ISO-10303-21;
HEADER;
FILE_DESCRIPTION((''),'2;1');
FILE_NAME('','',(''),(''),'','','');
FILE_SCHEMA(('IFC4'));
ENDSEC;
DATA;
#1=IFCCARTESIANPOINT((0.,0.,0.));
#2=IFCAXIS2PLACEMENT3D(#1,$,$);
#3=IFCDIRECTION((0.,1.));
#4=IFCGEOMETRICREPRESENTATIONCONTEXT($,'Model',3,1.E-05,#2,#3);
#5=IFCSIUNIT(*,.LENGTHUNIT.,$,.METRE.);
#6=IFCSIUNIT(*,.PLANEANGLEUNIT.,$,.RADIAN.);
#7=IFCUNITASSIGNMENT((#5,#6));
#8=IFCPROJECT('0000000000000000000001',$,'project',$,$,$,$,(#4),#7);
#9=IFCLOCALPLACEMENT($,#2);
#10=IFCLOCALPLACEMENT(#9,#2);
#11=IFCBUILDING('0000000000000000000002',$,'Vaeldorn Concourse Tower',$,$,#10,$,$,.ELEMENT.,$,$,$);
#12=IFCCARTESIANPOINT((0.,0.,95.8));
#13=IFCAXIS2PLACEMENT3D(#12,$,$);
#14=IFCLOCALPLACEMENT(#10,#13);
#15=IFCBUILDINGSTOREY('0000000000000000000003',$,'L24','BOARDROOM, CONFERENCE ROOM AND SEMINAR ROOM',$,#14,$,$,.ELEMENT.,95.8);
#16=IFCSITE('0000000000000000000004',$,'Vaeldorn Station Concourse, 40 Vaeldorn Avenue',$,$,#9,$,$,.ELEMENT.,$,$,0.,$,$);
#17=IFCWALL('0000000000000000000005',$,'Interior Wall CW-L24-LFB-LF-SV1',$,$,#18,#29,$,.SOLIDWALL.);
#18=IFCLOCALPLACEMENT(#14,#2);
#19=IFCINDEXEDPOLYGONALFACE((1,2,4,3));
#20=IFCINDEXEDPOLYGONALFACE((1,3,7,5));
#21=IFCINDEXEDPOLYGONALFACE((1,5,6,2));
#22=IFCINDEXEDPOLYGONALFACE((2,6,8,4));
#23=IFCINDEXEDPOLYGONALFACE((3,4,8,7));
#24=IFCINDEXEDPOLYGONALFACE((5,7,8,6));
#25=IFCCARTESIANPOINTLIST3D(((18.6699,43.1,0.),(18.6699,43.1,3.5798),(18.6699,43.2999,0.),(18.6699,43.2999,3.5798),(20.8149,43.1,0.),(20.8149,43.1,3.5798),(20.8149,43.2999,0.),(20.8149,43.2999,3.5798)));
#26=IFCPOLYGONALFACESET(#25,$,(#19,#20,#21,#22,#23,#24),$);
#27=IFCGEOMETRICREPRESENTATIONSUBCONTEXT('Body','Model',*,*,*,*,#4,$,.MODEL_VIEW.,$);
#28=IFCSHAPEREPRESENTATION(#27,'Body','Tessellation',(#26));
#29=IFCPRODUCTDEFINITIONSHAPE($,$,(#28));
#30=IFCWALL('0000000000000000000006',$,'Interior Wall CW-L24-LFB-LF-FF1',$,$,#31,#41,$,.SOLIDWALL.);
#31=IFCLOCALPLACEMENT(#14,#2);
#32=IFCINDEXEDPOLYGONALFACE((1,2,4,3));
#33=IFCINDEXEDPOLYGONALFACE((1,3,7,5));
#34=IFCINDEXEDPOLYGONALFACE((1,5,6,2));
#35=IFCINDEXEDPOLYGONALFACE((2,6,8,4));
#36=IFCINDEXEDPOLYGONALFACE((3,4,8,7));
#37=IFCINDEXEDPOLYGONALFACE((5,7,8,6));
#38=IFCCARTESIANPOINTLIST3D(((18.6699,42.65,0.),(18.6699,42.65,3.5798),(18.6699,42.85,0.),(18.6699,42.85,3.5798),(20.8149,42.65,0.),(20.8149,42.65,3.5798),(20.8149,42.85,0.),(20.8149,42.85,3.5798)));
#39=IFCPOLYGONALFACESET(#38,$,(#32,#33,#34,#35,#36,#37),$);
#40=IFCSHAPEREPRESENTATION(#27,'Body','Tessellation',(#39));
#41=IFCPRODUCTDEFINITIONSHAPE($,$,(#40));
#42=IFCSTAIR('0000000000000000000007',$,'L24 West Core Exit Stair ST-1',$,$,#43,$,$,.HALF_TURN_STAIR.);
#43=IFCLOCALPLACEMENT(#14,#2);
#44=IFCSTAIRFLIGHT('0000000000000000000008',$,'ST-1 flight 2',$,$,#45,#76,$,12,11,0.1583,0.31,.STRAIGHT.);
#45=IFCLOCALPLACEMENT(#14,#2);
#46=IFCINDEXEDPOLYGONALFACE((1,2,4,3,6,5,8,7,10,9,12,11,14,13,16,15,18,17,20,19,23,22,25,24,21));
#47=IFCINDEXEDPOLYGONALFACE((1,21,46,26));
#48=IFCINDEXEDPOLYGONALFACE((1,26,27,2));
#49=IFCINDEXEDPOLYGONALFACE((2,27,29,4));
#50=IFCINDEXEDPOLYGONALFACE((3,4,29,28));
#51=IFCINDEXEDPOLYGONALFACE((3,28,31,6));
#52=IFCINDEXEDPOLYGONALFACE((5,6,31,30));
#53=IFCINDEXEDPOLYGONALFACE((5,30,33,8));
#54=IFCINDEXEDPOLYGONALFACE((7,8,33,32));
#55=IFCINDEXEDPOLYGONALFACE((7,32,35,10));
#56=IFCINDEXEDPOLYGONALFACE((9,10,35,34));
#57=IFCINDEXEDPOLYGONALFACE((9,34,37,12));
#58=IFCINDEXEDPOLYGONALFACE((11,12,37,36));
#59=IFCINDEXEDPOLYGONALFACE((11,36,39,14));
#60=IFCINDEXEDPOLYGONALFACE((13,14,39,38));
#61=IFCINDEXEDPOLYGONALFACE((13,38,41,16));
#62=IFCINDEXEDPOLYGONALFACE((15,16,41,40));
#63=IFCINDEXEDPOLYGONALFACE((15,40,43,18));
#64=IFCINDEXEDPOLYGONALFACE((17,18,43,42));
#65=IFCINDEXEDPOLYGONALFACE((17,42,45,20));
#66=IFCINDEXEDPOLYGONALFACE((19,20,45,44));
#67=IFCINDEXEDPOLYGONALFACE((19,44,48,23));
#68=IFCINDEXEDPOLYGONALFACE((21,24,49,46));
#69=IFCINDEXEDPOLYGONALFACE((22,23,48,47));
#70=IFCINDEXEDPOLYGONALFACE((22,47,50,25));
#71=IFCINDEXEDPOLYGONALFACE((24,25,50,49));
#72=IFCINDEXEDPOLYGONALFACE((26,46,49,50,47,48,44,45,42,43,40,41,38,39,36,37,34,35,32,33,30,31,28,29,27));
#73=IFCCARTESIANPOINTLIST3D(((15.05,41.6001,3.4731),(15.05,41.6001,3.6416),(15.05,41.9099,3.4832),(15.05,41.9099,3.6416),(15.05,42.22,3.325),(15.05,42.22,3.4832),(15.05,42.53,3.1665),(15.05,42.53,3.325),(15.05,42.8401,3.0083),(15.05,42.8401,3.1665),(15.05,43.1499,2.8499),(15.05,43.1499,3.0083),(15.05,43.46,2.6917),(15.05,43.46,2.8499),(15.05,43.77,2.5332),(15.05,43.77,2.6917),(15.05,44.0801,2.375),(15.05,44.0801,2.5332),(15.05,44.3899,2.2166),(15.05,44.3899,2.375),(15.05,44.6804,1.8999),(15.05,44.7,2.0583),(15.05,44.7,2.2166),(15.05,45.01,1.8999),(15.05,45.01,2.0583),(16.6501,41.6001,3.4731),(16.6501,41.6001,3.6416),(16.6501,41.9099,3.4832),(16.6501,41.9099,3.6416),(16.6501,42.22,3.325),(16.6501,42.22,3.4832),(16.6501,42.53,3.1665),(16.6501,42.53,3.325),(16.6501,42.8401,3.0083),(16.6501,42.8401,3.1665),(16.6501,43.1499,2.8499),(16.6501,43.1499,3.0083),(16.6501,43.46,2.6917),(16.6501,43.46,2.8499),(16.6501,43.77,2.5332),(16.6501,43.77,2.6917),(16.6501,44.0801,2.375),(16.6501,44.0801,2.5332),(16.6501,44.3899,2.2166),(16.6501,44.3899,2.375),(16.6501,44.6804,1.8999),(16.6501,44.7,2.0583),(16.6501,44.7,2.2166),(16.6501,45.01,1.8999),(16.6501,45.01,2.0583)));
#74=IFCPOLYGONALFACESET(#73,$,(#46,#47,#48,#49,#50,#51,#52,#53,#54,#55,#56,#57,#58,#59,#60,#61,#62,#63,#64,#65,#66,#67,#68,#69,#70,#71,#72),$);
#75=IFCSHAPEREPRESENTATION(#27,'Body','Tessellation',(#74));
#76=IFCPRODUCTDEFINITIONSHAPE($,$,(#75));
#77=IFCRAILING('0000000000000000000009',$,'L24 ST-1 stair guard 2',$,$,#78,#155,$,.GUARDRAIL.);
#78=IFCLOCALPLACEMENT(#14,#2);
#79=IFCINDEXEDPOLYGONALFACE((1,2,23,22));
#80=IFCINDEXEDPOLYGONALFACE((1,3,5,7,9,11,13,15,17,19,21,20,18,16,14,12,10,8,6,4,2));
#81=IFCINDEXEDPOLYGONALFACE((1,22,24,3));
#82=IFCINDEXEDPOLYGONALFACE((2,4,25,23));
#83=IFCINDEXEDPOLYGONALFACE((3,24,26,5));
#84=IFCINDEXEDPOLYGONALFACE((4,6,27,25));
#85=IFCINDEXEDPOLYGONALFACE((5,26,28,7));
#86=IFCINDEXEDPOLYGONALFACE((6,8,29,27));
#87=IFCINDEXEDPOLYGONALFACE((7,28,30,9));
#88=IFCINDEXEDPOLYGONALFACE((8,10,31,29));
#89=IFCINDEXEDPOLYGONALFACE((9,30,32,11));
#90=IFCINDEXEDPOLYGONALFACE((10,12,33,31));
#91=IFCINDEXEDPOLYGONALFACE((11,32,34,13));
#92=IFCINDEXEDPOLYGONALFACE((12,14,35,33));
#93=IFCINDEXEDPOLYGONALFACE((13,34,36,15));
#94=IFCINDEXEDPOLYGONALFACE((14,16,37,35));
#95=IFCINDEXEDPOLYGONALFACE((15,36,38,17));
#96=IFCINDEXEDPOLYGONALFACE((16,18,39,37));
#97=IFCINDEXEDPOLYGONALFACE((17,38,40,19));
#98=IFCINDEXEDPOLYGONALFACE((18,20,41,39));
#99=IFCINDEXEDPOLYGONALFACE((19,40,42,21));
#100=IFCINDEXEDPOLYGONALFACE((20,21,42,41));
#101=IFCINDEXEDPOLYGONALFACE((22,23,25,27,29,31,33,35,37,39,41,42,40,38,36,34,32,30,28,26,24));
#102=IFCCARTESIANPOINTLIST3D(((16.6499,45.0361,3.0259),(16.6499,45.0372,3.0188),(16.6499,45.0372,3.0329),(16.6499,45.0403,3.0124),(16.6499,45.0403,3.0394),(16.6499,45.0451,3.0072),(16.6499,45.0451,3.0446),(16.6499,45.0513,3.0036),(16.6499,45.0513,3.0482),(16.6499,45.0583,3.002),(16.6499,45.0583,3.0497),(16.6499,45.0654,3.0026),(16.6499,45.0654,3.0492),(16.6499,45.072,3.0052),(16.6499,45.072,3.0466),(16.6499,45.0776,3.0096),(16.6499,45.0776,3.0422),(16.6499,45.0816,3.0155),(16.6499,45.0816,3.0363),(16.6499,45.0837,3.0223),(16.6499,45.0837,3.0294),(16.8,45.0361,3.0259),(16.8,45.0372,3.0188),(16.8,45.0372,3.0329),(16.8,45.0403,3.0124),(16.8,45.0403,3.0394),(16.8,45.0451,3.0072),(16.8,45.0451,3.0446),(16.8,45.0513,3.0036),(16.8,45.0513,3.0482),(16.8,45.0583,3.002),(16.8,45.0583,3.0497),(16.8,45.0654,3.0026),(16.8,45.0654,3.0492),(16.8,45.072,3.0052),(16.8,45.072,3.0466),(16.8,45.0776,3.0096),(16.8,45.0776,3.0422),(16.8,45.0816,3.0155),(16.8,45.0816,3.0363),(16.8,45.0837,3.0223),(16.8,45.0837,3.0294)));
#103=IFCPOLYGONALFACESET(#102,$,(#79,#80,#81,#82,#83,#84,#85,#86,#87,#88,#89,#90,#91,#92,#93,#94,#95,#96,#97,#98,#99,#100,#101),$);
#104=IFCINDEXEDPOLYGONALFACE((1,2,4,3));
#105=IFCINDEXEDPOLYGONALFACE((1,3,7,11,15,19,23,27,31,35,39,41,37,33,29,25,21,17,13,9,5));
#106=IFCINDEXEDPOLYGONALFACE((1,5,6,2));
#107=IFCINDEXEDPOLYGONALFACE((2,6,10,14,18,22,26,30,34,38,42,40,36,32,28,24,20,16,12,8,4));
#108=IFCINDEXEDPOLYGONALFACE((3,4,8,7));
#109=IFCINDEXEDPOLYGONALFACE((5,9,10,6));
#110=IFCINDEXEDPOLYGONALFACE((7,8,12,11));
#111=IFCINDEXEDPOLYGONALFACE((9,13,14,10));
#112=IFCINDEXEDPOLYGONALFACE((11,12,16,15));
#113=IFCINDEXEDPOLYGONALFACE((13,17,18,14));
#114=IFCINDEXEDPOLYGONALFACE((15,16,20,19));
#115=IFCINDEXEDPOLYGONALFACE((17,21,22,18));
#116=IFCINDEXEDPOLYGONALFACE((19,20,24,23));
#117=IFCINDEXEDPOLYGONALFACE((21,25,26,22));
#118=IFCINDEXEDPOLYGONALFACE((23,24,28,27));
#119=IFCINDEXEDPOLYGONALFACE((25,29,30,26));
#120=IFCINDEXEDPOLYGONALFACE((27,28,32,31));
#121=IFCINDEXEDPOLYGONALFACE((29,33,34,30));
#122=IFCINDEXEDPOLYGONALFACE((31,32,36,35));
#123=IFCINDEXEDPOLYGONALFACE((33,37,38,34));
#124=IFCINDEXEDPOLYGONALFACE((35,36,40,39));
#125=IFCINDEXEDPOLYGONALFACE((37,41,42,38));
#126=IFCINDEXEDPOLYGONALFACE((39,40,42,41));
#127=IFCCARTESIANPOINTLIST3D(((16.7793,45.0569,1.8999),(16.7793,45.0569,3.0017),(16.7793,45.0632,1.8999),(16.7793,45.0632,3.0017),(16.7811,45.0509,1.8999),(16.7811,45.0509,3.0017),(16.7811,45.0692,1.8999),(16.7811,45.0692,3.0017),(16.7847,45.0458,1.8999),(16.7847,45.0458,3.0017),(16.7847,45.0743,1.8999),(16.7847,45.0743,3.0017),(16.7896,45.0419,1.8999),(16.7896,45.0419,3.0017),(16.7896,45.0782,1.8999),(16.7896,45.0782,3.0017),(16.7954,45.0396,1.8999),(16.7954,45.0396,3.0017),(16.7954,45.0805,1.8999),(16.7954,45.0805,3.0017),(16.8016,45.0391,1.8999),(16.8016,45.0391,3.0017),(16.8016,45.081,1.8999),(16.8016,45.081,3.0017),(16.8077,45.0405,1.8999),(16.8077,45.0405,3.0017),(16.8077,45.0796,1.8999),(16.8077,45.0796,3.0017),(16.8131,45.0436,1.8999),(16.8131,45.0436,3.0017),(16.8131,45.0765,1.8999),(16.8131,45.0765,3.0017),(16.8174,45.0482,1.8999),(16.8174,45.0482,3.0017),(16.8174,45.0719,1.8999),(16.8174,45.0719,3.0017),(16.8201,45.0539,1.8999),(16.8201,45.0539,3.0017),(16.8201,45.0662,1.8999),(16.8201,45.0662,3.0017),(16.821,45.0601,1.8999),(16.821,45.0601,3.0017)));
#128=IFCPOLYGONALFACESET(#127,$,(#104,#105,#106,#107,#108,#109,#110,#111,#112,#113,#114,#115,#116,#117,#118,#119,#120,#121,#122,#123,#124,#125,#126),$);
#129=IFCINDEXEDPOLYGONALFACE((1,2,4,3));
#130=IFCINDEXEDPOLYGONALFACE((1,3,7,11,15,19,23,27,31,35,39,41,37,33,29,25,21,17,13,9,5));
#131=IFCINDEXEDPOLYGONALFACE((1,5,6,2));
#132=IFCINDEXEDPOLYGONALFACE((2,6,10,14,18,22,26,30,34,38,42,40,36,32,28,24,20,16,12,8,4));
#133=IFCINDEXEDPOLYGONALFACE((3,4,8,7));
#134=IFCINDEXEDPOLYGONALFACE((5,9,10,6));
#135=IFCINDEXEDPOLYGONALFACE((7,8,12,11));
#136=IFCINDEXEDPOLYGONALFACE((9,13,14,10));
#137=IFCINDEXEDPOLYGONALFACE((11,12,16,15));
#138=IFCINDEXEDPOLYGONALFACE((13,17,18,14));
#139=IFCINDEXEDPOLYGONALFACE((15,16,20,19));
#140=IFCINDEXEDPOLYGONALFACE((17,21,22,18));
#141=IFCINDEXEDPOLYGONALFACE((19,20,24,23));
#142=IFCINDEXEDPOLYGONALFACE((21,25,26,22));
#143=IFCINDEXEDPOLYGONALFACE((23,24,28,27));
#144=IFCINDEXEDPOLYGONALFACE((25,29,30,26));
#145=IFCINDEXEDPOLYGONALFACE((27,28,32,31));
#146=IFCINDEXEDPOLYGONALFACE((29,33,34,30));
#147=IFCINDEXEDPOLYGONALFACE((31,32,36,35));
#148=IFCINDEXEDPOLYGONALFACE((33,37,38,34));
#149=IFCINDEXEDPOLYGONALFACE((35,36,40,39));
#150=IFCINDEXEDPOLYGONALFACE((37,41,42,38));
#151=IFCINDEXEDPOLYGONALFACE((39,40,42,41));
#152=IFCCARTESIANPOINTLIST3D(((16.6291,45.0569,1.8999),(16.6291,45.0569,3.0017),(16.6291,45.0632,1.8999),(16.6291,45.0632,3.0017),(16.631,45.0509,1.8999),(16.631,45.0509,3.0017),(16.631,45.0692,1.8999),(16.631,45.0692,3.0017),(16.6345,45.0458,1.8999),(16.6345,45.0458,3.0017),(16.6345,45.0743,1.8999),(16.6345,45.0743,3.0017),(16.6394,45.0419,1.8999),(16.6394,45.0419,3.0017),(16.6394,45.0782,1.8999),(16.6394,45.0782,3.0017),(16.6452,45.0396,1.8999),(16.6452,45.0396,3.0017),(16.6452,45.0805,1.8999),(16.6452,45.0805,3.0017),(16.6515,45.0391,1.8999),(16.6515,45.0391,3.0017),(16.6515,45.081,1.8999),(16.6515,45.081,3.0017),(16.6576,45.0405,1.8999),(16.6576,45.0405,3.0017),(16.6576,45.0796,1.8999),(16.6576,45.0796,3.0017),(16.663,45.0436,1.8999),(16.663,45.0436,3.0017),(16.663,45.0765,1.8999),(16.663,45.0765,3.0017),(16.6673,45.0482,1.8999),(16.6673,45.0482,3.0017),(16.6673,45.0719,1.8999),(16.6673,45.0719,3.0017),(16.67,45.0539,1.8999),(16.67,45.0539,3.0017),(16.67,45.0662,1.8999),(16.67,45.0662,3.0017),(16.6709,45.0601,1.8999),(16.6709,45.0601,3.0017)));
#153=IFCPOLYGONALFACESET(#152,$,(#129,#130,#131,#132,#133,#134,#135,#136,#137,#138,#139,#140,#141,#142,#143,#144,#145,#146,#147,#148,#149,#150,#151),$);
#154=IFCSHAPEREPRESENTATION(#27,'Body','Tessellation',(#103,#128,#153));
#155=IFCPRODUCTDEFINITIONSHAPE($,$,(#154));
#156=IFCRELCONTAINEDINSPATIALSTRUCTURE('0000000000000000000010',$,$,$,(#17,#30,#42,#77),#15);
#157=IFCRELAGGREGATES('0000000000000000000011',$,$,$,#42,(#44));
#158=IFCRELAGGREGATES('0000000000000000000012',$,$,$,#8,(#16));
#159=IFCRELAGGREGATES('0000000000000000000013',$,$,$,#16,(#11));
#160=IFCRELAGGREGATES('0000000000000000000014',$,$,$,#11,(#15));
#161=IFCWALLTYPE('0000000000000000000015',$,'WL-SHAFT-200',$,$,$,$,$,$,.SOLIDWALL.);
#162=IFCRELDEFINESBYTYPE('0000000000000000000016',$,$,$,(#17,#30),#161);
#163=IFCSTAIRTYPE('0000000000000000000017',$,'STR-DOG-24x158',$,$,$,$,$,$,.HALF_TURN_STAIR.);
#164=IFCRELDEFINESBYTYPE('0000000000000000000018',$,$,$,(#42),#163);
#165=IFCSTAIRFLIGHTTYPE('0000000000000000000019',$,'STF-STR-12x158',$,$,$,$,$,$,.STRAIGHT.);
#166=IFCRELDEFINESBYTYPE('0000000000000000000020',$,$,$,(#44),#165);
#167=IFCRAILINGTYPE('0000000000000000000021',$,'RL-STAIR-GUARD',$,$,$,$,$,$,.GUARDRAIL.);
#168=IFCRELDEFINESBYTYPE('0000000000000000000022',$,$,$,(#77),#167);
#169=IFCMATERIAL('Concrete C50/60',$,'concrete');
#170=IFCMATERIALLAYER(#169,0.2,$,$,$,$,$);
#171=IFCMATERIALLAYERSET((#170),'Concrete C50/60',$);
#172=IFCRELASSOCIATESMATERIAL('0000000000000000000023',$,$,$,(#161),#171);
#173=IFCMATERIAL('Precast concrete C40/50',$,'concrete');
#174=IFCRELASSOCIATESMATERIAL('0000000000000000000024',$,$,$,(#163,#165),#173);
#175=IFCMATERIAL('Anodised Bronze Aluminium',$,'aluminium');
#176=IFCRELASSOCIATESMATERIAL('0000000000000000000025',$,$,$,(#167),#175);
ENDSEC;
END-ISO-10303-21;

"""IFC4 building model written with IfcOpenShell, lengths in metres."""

from ifc_helpers import new_model, si_unit, direction, frame, frame_2d, origin, origin_2d, place, context, subcontext, project, spatial, polyline, rectangle, circle, outline, extrude, material, layer, layer_set, type_object, element, aggregate, save


model = new_model("IFC4")

# Units and contexts
model_context = context("Model", 3, precision=1e-05, world=origin(), true_north=direction((0.0, 1.0)))
body_context = subcontext(model_context, "Body", "Model", "MODEL_VIEW")
ifc_project = project(units=[si_unit("LENGTHUNIT", "METRE"), si_unit("PLANEANGLEUNIT", "RADIAN")], contexts=[model_context])

# Site, building, storey
site_placement = place(None, origin())
site = spatial("IfcSite", under=ifc_project, at=site_placement, Name="Vaeldorn Station Concourse, 40 Vaeldorn Avenue", CompositionType="ELEMENT", RefElevation=0.0)
building_placement = place(site_placement, origin())
building = spatial("IfcBuilding", under=site, at=building_placement, Name="Vaeldorn Concourse Tower", CompositionType="ELEMENT")
storey_placement = place(building_placement, frame((0.0, 0.0, 95.8)))
storey = spatial("IfcBuildingStorey", under=building, at=storey_placement, Name="L24", Description="BOARDROOM, CONFERENCE ROOM AND SEMINAR ROOM", CompositionType="ELEMENT", Elevation=95.8)

# Shared definitions
ifc_material_1 = material(Name="Concrete C50/60", Category="concrete")
ifc_layer_1 = layer(ifc_material_1, 0.2)
ifc_layer_set_1 = layer_set([ifc_layer_1], Name="Concrete C50/60")
wall_type_1 = type_object("IfcWallType", Name="WL-SHAFT-200", PredefinedType="SOLIDWALL", material=ifc_layer_set_1)

# Shared definitions
ifc_material_2 = material(Name="Anodised Bronze Aluminium", Category="aluminium")

# Walls
for number, where, z_axis, x_axis, name in (
    (1, (18.6699, 43.2, 0.0), (0.0, 0.0, 1.0), (1.0, 0.0, 0.0), "Interior Wall CW-L24-LFB-LF-SV1"),
    (2, (18.6699, 42.75, 0.0), (0.0, 0.0, 1.0), (1.0, 0.0, 0.0), "Interior Wall CW-L24-LFB-LF-FF1"),
):
    element("IfcWall", number, at=place(storey_placement, frame(where, z_axis=z_axis, x_axis=x_axis)), inside=storey, type_object=wall_type_1, Name=name, PredefinedType="SOLIDWALL", context=body_context, shape_type="SweptSolid", body=[
        extrude(rectangle(XDim=2.145, YDim=0.2, at=frame_2d((1.0725, 0.0))), origin(), (0.0, 0.0, 1.0), 3.5798),
    ])

# Stair, stair flight
ifc_material_3 = material(Name="Precast concrete C40/50", Category="concrete")
stair_type = type_object("IfcStairType", Name="STR-DOG-24x158", PredefinedType="HALF_TURN_STAIR", material=ifc_material_3)
stair_placement = place(storey_placement, origin())
stair = element("IfcStair", 3, at=stair_placement, inside=storey, type_object=stair_type, Name="L24 West Core Exit Stair ST-1", PredefinedType="HALF_TURN_STAIR")
stair_flight_type = type_object("IfcStairFlightType", Name="STF-STR-12x158", PredefinedType="STRAIGHT", material=ifc_material_3)
stair_flight_placement = place(storey_placement, frame((15.8501, 45.01, 1.8999), z_axis=(0.0, 0.0, 1.0), x_axis=(0.0, -1.0, 0.0)))
stair_flight = element("IfcStairFlight", 4, at=stair_flight_placement, type_object=stair_flight_type, Name="ST-1 flight 2", NumberOfRisers=12, NumberOfTreads=11, PredefinedType="STRAIGHT", RiserHeight=0.1583, TreadLength=0.31, context=body_context, shape_type="SweptSolid", body=[
    extrude(outline(polyline([(0.0, 0.0), (0.0, 0.1584), (0.3101, 0.1584), (0.3101, 0.3167), (0.6201, 0.3167), (0.6201, 0.4751), (0.9299, 0.4751), (0.9299, 0.6333), (1.24, 0.6333), (1.24, 0.7917), (1.55, 0.7917), (1.55, 0.95), (1.8601, 0.95), (1.8601, 1.1084), (2.1699, 1.1084), (2.1699, 1.2666), (2.48, 1.2666), (2.48, 1.425), (2.79, 1.425), (2.79, 1.5833), (3.1001, 1.5833), (3.1001, 1.7417), (3.4099, 1.7417), (3.4099, 1.8999), (3.4099, 1.5732), (0.3296, 0.0), (0.0, 0.0)])), frame((0.0, 0.8, 0.0), z_axis=(0.0, -1.0, 0.0), x_axis=(1.0, 0.0, 0.0)), (0.0, 0.0, 1.0), 1.6001),
])
aggregate(stair, [stair_flight])

# Railing
railing_type_1 = type_object("IfcRailingType", Name="RL-STAIR-GUARD", PredefinedType="GUARDRAIL", material=ifc_material_2)
railing_1_placement = place(storey_placement, frame((16.8, 45.0601, 1.8999)))
element("IfcRailing", 5, at=railing_1_placement, inside=storey, type_object=railing_type_1, Name="L24 ST-1 stair guard 2", PredefinedType="GUARDRAIL", context=body_context, shape_type="SweptSolid", body=[
    extrude(circle(Radius=0.0239, at=origin_2d()), frame((0.0, 0.0, 1.126), z_axis=(-1.0, 0.0, 0.0), x_axis=(0.0, -1.0, 0.0)), (0.0, 0.0, 1.0), 0.1501),
    extrude(circle(Radius=0.021, at=origin_2d()), origin(), (0.0, 0.0, 1.0), 1.1018),
    extrude(circle(Radius=0.021, at=origin_2d()), frame((-0.1501, 0.0, 0.0)), (0.0, 0.0, 1.0), 1.1018),
])

save(model, "model.ifc")
